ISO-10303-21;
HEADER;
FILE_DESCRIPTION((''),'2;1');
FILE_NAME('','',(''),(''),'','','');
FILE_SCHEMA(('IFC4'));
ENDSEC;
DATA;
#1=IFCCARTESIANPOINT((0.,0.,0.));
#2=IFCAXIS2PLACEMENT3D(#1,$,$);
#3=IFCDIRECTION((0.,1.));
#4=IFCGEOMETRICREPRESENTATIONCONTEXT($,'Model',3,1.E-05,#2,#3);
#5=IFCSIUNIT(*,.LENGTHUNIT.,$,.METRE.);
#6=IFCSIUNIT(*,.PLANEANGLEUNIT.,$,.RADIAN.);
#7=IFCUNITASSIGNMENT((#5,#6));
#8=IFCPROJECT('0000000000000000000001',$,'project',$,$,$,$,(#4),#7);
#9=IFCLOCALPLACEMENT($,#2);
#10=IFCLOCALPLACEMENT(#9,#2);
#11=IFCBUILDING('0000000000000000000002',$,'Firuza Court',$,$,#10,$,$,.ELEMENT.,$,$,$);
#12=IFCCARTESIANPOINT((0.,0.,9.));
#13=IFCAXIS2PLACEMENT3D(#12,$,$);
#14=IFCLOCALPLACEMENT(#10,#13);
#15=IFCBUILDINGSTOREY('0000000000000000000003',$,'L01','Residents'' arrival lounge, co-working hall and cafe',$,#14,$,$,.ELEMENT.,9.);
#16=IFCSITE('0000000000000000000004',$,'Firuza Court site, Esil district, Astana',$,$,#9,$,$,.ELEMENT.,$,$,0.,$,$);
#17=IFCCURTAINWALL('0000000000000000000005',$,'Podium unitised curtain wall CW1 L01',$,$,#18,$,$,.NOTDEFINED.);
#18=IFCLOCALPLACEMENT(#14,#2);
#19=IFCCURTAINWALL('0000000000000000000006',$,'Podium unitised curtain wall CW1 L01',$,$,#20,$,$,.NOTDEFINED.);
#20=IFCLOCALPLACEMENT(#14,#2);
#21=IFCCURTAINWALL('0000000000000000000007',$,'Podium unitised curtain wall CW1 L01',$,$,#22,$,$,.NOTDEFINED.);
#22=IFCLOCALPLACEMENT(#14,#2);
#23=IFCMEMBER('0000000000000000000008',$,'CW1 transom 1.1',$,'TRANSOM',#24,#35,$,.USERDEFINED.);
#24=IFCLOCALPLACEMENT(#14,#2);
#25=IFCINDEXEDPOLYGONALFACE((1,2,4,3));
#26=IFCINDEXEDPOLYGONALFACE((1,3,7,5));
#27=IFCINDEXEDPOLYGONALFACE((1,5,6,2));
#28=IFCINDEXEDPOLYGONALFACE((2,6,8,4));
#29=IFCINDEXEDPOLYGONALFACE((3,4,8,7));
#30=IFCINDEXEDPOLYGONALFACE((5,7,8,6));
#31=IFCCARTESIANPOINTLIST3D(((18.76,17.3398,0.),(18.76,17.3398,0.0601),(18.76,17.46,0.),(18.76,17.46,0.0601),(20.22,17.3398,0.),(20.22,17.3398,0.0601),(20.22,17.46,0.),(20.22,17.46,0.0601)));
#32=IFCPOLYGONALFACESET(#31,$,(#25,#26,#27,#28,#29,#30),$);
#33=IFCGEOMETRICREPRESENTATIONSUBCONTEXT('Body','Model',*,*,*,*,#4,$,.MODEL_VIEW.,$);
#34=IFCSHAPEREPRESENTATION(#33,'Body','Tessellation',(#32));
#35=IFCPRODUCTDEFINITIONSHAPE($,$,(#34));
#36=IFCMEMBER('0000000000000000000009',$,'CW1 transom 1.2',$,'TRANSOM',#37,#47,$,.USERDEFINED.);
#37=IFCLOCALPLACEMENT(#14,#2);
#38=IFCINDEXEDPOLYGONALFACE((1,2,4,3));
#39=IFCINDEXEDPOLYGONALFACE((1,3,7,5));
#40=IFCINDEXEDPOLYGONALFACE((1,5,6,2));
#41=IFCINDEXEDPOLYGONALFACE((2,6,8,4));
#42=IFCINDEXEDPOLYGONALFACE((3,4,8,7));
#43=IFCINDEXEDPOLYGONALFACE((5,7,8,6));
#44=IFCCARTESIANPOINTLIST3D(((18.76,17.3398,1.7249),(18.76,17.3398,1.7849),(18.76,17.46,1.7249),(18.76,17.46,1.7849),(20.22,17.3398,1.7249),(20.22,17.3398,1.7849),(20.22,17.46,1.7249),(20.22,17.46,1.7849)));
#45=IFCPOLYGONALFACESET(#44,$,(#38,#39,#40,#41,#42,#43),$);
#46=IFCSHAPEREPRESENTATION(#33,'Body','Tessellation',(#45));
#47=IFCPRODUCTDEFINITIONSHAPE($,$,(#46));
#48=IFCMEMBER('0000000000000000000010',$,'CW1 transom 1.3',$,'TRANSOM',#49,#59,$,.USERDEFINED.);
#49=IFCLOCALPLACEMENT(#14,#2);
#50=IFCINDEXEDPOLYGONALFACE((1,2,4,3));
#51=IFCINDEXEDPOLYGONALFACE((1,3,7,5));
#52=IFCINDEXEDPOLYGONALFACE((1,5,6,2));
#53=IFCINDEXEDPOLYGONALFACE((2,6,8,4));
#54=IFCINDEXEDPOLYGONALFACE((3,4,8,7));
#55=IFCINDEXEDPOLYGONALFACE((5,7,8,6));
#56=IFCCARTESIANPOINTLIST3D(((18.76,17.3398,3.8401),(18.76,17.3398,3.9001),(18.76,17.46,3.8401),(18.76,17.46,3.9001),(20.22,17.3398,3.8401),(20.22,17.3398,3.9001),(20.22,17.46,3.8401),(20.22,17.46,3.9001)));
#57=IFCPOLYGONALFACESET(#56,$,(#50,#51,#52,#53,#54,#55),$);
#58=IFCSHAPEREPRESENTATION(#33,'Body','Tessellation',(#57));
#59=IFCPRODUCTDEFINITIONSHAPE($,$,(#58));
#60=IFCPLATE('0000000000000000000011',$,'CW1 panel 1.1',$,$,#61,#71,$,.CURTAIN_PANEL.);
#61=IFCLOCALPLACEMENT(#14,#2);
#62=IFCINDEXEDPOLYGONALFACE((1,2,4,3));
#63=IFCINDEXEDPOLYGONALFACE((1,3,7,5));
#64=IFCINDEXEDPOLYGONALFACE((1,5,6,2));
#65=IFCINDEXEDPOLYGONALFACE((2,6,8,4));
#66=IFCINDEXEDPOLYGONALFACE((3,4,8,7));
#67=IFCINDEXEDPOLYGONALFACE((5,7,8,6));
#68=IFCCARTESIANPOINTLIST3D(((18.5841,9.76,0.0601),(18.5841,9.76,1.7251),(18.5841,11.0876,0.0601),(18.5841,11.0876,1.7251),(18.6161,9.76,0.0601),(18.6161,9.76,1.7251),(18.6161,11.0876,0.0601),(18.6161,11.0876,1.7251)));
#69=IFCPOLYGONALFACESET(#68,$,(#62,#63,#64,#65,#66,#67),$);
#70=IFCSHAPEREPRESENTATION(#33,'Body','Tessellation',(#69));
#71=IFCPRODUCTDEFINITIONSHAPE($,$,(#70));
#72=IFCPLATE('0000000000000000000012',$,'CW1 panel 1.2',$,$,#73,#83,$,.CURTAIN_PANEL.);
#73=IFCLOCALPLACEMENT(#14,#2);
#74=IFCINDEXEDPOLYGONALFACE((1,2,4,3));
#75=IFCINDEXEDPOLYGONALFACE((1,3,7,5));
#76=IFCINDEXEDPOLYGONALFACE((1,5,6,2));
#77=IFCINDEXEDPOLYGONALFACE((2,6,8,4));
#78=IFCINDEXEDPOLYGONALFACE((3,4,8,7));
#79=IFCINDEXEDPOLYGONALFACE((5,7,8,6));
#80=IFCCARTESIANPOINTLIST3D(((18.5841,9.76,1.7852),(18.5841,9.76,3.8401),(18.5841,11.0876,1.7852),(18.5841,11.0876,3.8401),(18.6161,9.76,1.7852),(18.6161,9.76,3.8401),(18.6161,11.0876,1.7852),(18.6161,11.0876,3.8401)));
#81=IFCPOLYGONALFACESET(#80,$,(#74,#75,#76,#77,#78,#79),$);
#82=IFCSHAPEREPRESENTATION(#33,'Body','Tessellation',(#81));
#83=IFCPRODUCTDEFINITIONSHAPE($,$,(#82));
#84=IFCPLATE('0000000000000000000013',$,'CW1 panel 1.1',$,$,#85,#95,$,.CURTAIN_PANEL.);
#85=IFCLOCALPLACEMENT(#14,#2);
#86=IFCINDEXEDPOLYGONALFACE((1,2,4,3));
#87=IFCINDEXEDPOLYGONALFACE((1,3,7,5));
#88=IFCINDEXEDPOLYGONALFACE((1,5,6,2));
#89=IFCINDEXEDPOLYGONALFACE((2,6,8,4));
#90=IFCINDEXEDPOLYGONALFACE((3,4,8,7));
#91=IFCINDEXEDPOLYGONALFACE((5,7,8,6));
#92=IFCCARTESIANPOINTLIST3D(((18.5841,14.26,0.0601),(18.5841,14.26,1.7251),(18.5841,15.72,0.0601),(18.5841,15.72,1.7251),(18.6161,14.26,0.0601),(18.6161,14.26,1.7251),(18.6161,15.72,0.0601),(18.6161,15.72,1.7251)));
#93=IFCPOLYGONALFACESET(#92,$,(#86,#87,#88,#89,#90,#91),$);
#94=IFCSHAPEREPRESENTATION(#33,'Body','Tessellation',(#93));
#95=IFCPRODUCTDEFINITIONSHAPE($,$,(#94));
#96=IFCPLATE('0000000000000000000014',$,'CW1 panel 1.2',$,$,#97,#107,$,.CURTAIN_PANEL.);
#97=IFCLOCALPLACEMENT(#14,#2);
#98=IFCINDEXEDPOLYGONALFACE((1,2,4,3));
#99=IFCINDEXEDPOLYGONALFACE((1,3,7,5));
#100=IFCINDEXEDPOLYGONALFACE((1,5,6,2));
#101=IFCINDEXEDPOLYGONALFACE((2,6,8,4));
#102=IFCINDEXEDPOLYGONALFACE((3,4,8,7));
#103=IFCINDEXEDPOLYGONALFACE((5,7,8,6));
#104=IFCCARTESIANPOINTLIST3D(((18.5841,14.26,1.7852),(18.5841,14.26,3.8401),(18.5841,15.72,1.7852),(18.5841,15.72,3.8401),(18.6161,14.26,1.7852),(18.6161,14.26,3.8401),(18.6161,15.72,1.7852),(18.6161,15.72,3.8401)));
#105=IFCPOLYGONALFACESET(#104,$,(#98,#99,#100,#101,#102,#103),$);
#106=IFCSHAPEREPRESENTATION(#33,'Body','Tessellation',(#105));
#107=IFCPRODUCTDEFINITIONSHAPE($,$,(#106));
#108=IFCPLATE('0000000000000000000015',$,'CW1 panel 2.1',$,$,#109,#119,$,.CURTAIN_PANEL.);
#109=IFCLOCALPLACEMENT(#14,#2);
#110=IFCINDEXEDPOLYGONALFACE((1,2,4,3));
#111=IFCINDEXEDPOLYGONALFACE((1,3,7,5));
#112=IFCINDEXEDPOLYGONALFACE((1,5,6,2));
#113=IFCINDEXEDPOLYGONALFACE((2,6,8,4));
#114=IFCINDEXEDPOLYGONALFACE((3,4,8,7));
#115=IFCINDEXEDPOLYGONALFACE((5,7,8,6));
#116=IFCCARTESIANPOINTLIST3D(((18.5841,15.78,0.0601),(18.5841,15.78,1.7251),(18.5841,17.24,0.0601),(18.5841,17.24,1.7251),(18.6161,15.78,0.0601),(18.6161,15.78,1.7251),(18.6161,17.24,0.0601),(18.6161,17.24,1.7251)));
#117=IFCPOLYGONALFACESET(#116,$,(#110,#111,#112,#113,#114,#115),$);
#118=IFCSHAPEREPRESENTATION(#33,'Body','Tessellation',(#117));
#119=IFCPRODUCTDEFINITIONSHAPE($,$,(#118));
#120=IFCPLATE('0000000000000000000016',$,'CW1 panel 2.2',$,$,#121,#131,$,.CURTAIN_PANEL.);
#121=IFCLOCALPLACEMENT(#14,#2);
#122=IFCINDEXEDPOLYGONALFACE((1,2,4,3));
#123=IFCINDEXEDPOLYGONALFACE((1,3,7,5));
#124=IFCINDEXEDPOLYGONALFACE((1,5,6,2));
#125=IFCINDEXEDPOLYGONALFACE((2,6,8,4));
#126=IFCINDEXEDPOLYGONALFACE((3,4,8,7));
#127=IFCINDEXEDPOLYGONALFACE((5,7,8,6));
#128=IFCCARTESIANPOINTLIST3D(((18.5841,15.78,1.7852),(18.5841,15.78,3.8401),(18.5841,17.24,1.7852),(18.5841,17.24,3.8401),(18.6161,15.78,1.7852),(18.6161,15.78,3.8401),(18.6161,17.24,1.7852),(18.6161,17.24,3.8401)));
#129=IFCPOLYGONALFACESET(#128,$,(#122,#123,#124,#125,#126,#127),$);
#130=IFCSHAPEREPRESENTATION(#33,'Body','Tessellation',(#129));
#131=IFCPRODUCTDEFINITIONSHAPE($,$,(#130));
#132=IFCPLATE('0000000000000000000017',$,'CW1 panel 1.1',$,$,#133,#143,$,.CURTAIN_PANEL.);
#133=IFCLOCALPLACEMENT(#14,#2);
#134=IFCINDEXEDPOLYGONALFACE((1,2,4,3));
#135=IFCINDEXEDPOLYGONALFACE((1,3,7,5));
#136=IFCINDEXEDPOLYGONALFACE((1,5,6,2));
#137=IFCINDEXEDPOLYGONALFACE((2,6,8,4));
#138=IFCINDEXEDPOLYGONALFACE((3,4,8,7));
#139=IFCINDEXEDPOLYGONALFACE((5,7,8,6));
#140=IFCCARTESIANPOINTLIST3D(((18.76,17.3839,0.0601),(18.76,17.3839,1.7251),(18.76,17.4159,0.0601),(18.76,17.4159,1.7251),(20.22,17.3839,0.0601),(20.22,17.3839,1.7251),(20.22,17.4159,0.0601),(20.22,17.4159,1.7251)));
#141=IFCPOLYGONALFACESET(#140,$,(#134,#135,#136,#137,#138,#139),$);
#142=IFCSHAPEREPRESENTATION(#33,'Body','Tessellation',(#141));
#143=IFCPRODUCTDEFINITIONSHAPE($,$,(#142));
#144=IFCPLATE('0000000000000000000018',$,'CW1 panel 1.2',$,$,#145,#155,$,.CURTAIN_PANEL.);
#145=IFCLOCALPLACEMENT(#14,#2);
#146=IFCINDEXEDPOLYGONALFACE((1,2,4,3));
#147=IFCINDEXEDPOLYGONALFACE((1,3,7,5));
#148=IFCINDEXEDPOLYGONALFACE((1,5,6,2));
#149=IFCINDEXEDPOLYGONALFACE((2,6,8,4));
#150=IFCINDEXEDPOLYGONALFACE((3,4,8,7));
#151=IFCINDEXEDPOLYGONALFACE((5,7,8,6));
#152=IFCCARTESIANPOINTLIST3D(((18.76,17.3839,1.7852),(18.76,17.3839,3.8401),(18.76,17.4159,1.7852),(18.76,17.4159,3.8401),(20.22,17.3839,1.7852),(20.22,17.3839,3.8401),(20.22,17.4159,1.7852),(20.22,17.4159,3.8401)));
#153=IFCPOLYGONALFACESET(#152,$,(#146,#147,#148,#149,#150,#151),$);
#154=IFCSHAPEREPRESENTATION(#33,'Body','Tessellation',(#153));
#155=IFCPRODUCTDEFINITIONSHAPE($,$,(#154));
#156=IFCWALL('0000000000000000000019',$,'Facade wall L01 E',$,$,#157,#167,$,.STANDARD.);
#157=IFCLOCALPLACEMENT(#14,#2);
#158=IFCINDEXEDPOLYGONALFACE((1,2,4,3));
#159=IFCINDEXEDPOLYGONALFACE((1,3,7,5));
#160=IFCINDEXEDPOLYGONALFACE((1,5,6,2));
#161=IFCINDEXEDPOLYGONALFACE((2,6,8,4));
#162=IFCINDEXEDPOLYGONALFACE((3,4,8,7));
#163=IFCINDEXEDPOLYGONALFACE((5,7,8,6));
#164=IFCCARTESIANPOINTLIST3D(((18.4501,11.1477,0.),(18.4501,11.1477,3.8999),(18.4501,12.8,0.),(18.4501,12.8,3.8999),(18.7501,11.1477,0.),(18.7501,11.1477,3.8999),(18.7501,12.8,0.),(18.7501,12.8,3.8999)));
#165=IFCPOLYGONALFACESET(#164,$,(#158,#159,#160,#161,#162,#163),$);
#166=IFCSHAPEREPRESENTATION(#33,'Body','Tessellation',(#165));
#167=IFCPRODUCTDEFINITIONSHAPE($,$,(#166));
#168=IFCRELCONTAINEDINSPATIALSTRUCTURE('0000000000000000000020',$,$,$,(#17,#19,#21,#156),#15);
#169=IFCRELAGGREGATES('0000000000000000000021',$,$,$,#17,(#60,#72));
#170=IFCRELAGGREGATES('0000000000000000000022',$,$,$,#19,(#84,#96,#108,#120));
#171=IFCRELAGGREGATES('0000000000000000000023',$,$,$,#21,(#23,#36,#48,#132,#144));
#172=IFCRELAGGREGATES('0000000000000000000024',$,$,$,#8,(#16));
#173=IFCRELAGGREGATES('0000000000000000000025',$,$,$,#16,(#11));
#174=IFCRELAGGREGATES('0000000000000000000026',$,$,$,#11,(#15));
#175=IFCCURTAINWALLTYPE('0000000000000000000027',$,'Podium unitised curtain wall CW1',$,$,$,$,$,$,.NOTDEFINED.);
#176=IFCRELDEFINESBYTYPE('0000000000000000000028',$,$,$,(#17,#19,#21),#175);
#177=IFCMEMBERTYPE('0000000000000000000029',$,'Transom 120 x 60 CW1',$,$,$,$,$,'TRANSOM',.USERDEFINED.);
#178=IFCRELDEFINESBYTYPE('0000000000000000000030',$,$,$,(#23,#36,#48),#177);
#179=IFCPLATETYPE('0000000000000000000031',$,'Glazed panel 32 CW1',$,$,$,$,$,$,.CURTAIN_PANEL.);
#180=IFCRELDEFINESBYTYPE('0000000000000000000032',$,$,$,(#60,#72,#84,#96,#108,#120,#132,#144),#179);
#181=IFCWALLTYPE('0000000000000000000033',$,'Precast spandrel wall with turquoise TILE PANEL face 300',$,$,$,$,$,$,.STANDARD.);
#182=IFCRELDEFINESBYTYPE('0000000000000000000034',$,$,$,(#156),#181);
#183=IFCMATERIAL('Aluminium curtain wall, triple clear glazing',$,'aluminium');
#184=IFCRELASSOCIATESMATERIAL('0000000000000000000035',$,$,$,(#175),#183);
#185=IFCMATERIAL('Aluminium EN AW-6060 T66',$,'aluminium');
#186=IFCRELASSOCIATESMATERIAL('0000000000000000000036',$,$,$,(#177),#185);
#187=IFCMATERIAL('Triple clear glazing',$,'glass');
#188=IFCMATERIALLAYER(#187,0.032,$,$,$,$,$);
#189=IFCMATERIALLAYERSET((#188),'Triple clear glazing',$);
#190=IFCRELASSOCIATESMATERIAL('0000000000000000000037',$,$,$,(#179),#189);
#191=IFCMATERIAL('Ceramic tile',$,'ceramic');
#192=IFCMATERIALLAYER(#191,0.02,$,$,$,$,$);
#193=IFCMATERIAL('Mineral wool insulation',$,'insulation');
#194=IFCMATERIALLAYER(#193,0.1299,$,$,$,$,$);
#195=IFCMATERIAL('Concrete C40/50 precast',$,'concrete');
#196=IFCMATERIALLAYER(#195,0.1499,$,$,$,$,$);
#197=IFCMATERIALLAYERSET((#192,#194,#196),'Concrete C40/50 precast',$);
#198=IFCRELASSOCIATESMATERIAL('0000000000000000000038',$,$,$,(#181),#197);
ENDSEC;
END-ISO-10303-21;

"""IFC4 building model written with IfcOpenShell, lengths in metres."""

from ifc_helpers import new_model, si_unit, direction, frame, frame_2d, origin, origin_2d, place, context, subcontext, project, spatial, rectangle, extrude, material, layer, layer_set, material_profile, profile_set, type_object, element, aggregate, save


model = new_model("IFC4")

# Units and contexts
model_context = context("Model", 3, precision=1e-05, world=origin(), true_north=direction((0.0, 1.0)))
body_context = subcontext(model_context, "Body", "Model", "MODEL_VIEW")
ifc_project = project(units=[si_unit("LENGTHUNIT", "METRE"), si_unit("PLANEANGLEUNIT", "RADIAN")], contexts=[model_context])

# Site, building, storey
site_placement = place(None, origin())
site = spatial("IfcSite", under=ifc_project, at=site_placement, Name="Firuza Court site, Esil district, Astana", CompositionType="ELEMENT", RefElevation=0.0)
building_placement = place(site_placement, origin())
building = spatial("IfcBuilding", under=site, at=building_placement, Name="Firuza Court", CompositionType="ELEMENT")
storey_placement = place(building_placement, frame((0.0, 0.0, 9.0)))
storey = spatial("IfcBuildingStorey", under=building, at=storey_placement, Name="L01", Description="Residents' arrival lounge, co-working hall and cafe", CompositionType="ELEMENT", Elevation=9.0)

# Curtain walls
ifc_material_1 = material(Name="Aluminium curtain wall, triple clear glazing", Category="aluminium")
curtain_wall_type = type_object("IfcCurtainWallType", Name="Podium unitised curtain wall CW1", PredefinedType="NOTDEFINED", material=ifc_material_1)
curtain_wall_1_placement = place(storey_placement, origin())
curtain_wall_1 = element("IfcCurtainWall", 1, at=curtain_wall_1_placement, inside=storey, type_object=curtain_wall_type, Name="Podium unitised curtain wall CW1 L01", PredefinedType="NOTDEFINED")
curtain_wall_2_placement = place(storey_placement, origin())
curtain_wall_2 = element("IfcCurtainWall", 2, at=curtain_wall_2_placement, inside=storey, type_object=curtain_wall_type, Name="Podium unitised curtain wall CW1 L01", PredefinedType="NOTDEFINED")

# Curtain wall
curtain_wall_3_placement = place(storey_placement, origin())
curtain_wall_3 = element("IfcCurtainWall", 3, at=curtain_wall_3_placement, inside=storey, type_object=curtain_wall_type, Name="Podium unitised curtain wall CW1 L01", PredefinedType="NOTDEFINED")

# Members
ifc_material_2 = material(Name="Aluminium EN AW-6060 T66", Category="aluminium")
ifc_material_profile_1 = material_profile(ifc_material_2, rectangle(XDim=0.1201, YDim=0.0601, at=origin_2d()), Name="Transom 120 x 60 CW1")
ifc_profile_set_1 = profile_set([ifc_material_profile_1], Name="Aluminium EN AW-6060 T66")
member_type_1 = type_object("IfcMemberType", Name="Transom 120 x 60 CW1", ElementType="TRANSOM", PredefinedType="USERDEFINED", material=ifc_profile_set_1)
member_1_placement = place(storey_placement, frame((18.76, 17.3999, 0.03), z_axis=(1.0, 0.0, 0.0), x_axis=(0.0, 1.0, 0.0)))
member_1 = element("IfcMember", 4, at=member_1_placement, type_object=member_type_1, Name="CW1 transom 1.1", ObjectType="TRANSOM", PredefinedType="USERDEFINED", context=body_context, shape_type="SweptSolid", body=[
    extrude(rectangle(XDim=0.1201, YDim=0.0601, at=origin_2d()), origin(), (0.0, 0.0, 1.0), 1.46),
])
member_2_placement = place(storey_placement, frame((18.76, 17.3999, 1.7549), z_axis=(1.0, 0.0, 0.0), x_axis=(0.0, 1.0, 0.0)))
member_2 = element("IfcMember", 5, at=member_2_placement, type_object=member_type_1, Name="CW1 transom 1.2", ObjectType="TRANSOM", PredefinedType="USERDEFINED", context=body_context, shape_type="SweptSolid", body=[
    extrude(rectangle(XDim=0.1201, YDim=0.0601, at=origin_2d()), origin(), (0.0, 0.0, 1.0), 1.46),
])
member_3_placement = place(storey_placement, frame((18.76, 17.3999, 3.8701), z_axis=(1.0, 0.0, 0.0), x_axis=(0.0, 1.0, 0.0)))
member_3 = element("IfcMember", 6, at=member_3_placement, type_object=member_type_1, Name="CW1 transom 1.3", ObjectType="TRANSOM", PredefinedType="USERDEFINED", context=body_context, shape_type="SweptSolid", body=[
    extrude(rectangle(XDim=0.1201, YDim=0.0601, at=origin_2d()), origin(), (0.0, 0.0, 1.0), 1.46),
])

# Plates
ifc_material_3 = material(Name="Triple clear glazing", Category="glass")
ifc_layer_1 = layer(ifc_material_3, 0.032)
ifc_layer_set_1 = layer_set([ifc_layer_1], Name="Triple clear glazing")
plate_type = type_object("IfcPlateType", Name="Glazed panel 32 CW1", PredefinedType="CURTAIN_PANEL", material=ifc_layer_set_1)
plate_1_placement = place(storey_placement, frame((18.6001, 10.4238, 0.0601), z_axis=(0.0, 0.0, 1.0), x_axis=(0.0, 1.0, 0.0)))
plate_1 = element("IfcPlate", 7, at=plate_1_placement, type_object=plate_type, Name="CW1 panel 1.1", PredefinedType="CURTAIN_PANEL", context=body_context, shape_type="SweptSolid", body=[
    extrude(rectangle(XDim=1.3276, YDim=0.032, at=origin_2d()), origin(), (0.0, 0.0, 1.0), 1.665),
])
plate_2_placement = place(storey_placement, frame((18.6001, 10.4238, 1.7852), z_axis=(0.0, 0.0, 1.0), x_axis=(0.0, 1.0, 0.0)))
plate_2 = element("IfcPlate", 8, at=plate_2_placement, type_object=plate_type, Name="CW1 panel 1.2", PredefinedType="CURTAIN_PANEL", context=body_context, shape_type="SweptSolid", body=[
    extrude(rectangle(XDim=1.3276, YDim=0.032, at=origin_2d()), origin(), (0.0, 0.0, 1.0), 2.0549),
])
aggregate(curtain_wall_1, [plate_1, plate_2])
plate_3_placement = place(storey_placement, frame((18.6001, 14.99, 0.0601), z_axis=(0.0, 0.0, 1.0), x_axis=(0.0, 1.0, 0.0)))
plate_3 = element("IfcPlate", 9, at=plate_3_placement, type_object=plate_type, Name="CW1 panel 1.1", PredefinedType="CURTAIN_PANEL", context=body_context, shape_type="SweptSolid", body=[
    extrude(rectangle(XDim=1.46, YDim=0.032, at=origin_2d()), origin(), (0.0, 0.0, 1.0), 1.665),
])
plate_4_placement = place(storey_placement, frame((18.6001, 14.99, 1.7852), z_axis=(0.0, 0.0, 1.0), x_axis=(0.0, 1.0, 0.0)))
plate_4 = element("IfcPlate", 10, at=plate_4_placement, type_object=plate_type, Name="CW1 panel 1.2", PredefinedType="CURTAIN_PANEL", context=body_context, shape_type="SweptSolid", body=[
    extrude(rectangle(XDim=1.46, YDim=0.032, at=origin_2d()), origin(), (0.0, 0.0, 1.0), 2.0549),
])
plate_5_placement = place(storey_placement, frame((18.6001, 16.51, 0.0601), z_axis=(0.0, 0.0, 1.0), x_axis=(0.0, 1.0, 0.0)))
plate_5 = element("IfcPlate", 11, at=plate_5_placement, type_object=plate_type, Name="CW1 panel 2.1", PredefinedType="CURTAIN_PANEL", context=body_context, shape_type="SweptSolid", body=[
    extrude(rectangle(XDim=1.46, YDim=0.032, at=origin_2d()), origin(), (0.0, 0.0, 1.0), 1.665),
])
plate_6_placement = place(storey_placement, frame((18.6001, 16.51, 1.7852), z_axis=(0.0, 0.0, 1.0), x_axis=(0.0, 1.0, 0.0)))
plate_6 = element("IfcPlate", 12, at=plate_6_placement, type_object=plate_type, Name="CW1 panel 2.2", PredefinedType="CURTAIN_PANEL", context=body_context, shape_type="SweptSolid", body=[
    extrude(rectangle(XDim=1.46, YDim=0.032, at=origin_2d()), origin(), (0.0, 0.0, 1.0), 2.0549),
])
aggregate(curtain_wall_2, [plate_3, plate_4, plate_5, plate_6])
plate_7_placement = place(storey_placement, frame((19.49, 17.3999, 0.0601), z_axis=(0.0, 0.0, 1.0), x_axis=(1.0, 0.0, 0.0)))
plate_7 = element("IfcPlate", 13, at=plate_7_placement, type_object=plate_type, Name="CW1 panel 1.1", PredefinedType="CURTAIN_PANEL", context=body_context, shape_type="SweptSolid", body=[
    extrude(rectangle(XDim=1.46, YDim=0.032, at=origin_2d()), origin(), (0.0, 0.0, 1.0), 1.665),
])
plate_8_placement = place(storey_placement, frame((19.49, 17.3999, 1.7852), z_axis=(0.0, 0.0, 1.0), x_axis=(1.0, 0.0, 0.0)))
plate_8 = element("IfcPlate", 14, at=plate_8_placement, type_object=plate_type, Name="CW1 panel 1.2", PredefinedType="CURTAIN_PANEL", context=body_context, shape_type="SweptSolid", body=[
    extrude(rectangle(XDim=1.46, YDim=0.032, at=origin_2d()), origin(), (0.0, 0.0, 1.0), 2.0549),
])
aggregate(curtain_wall_3, [member_1, member_2, member_3, plate_7, plate_8])

# Wall
ifc_material_4 = material(Name="Ceramic tile", Category="ceramic")
ifc_layer_2 = layer(ifc_material_4, 0.02)
ifc_material_5 = material(Name="Mineral wool insulation", Category="insulation")
ifc_layer_3 = layer(ifc_material_5, 0.1299)
ifc_material_6 = material(Name="Concrete C40/50 precast", Category="concrete")
ifc_layer_4 = layer(ifc_material_6, 0.1499)
ifc_layer_set_2 = layer_set([ifc_layer_2, ifc_layer_3, ifc_layer_4], Name="Concrete C40/50 precast")
wall_type = type_object("IfcWallType", Name="Precast spandrel wall with turquoise TILE PANEL face 300", PredefinedType="STANDARD", material=ifc_layer_set_2)
wall_placement = place(storey_placement, frame((18.6001, 11.1477, 0.0), z_axis=(0.0, 0.0, 1.0), x_axis=(0.0, 1.0, 0.0)))
element("IfcWall", 15, at=wall_placement, inside=storey, type_object=wall_type, Name="Facade wall L01 E", PredefinedType="STANDARD", context=body_context, shape_type="SweptSolid", body=[
    extrude(rectangle(XDim=1.6523, YDim=0.3, at=frame_2d((0.8262, 0.0))), origin(), (0.0, 0.0, 1.0), 3.8999),
])

save(model, "model.ifc")
